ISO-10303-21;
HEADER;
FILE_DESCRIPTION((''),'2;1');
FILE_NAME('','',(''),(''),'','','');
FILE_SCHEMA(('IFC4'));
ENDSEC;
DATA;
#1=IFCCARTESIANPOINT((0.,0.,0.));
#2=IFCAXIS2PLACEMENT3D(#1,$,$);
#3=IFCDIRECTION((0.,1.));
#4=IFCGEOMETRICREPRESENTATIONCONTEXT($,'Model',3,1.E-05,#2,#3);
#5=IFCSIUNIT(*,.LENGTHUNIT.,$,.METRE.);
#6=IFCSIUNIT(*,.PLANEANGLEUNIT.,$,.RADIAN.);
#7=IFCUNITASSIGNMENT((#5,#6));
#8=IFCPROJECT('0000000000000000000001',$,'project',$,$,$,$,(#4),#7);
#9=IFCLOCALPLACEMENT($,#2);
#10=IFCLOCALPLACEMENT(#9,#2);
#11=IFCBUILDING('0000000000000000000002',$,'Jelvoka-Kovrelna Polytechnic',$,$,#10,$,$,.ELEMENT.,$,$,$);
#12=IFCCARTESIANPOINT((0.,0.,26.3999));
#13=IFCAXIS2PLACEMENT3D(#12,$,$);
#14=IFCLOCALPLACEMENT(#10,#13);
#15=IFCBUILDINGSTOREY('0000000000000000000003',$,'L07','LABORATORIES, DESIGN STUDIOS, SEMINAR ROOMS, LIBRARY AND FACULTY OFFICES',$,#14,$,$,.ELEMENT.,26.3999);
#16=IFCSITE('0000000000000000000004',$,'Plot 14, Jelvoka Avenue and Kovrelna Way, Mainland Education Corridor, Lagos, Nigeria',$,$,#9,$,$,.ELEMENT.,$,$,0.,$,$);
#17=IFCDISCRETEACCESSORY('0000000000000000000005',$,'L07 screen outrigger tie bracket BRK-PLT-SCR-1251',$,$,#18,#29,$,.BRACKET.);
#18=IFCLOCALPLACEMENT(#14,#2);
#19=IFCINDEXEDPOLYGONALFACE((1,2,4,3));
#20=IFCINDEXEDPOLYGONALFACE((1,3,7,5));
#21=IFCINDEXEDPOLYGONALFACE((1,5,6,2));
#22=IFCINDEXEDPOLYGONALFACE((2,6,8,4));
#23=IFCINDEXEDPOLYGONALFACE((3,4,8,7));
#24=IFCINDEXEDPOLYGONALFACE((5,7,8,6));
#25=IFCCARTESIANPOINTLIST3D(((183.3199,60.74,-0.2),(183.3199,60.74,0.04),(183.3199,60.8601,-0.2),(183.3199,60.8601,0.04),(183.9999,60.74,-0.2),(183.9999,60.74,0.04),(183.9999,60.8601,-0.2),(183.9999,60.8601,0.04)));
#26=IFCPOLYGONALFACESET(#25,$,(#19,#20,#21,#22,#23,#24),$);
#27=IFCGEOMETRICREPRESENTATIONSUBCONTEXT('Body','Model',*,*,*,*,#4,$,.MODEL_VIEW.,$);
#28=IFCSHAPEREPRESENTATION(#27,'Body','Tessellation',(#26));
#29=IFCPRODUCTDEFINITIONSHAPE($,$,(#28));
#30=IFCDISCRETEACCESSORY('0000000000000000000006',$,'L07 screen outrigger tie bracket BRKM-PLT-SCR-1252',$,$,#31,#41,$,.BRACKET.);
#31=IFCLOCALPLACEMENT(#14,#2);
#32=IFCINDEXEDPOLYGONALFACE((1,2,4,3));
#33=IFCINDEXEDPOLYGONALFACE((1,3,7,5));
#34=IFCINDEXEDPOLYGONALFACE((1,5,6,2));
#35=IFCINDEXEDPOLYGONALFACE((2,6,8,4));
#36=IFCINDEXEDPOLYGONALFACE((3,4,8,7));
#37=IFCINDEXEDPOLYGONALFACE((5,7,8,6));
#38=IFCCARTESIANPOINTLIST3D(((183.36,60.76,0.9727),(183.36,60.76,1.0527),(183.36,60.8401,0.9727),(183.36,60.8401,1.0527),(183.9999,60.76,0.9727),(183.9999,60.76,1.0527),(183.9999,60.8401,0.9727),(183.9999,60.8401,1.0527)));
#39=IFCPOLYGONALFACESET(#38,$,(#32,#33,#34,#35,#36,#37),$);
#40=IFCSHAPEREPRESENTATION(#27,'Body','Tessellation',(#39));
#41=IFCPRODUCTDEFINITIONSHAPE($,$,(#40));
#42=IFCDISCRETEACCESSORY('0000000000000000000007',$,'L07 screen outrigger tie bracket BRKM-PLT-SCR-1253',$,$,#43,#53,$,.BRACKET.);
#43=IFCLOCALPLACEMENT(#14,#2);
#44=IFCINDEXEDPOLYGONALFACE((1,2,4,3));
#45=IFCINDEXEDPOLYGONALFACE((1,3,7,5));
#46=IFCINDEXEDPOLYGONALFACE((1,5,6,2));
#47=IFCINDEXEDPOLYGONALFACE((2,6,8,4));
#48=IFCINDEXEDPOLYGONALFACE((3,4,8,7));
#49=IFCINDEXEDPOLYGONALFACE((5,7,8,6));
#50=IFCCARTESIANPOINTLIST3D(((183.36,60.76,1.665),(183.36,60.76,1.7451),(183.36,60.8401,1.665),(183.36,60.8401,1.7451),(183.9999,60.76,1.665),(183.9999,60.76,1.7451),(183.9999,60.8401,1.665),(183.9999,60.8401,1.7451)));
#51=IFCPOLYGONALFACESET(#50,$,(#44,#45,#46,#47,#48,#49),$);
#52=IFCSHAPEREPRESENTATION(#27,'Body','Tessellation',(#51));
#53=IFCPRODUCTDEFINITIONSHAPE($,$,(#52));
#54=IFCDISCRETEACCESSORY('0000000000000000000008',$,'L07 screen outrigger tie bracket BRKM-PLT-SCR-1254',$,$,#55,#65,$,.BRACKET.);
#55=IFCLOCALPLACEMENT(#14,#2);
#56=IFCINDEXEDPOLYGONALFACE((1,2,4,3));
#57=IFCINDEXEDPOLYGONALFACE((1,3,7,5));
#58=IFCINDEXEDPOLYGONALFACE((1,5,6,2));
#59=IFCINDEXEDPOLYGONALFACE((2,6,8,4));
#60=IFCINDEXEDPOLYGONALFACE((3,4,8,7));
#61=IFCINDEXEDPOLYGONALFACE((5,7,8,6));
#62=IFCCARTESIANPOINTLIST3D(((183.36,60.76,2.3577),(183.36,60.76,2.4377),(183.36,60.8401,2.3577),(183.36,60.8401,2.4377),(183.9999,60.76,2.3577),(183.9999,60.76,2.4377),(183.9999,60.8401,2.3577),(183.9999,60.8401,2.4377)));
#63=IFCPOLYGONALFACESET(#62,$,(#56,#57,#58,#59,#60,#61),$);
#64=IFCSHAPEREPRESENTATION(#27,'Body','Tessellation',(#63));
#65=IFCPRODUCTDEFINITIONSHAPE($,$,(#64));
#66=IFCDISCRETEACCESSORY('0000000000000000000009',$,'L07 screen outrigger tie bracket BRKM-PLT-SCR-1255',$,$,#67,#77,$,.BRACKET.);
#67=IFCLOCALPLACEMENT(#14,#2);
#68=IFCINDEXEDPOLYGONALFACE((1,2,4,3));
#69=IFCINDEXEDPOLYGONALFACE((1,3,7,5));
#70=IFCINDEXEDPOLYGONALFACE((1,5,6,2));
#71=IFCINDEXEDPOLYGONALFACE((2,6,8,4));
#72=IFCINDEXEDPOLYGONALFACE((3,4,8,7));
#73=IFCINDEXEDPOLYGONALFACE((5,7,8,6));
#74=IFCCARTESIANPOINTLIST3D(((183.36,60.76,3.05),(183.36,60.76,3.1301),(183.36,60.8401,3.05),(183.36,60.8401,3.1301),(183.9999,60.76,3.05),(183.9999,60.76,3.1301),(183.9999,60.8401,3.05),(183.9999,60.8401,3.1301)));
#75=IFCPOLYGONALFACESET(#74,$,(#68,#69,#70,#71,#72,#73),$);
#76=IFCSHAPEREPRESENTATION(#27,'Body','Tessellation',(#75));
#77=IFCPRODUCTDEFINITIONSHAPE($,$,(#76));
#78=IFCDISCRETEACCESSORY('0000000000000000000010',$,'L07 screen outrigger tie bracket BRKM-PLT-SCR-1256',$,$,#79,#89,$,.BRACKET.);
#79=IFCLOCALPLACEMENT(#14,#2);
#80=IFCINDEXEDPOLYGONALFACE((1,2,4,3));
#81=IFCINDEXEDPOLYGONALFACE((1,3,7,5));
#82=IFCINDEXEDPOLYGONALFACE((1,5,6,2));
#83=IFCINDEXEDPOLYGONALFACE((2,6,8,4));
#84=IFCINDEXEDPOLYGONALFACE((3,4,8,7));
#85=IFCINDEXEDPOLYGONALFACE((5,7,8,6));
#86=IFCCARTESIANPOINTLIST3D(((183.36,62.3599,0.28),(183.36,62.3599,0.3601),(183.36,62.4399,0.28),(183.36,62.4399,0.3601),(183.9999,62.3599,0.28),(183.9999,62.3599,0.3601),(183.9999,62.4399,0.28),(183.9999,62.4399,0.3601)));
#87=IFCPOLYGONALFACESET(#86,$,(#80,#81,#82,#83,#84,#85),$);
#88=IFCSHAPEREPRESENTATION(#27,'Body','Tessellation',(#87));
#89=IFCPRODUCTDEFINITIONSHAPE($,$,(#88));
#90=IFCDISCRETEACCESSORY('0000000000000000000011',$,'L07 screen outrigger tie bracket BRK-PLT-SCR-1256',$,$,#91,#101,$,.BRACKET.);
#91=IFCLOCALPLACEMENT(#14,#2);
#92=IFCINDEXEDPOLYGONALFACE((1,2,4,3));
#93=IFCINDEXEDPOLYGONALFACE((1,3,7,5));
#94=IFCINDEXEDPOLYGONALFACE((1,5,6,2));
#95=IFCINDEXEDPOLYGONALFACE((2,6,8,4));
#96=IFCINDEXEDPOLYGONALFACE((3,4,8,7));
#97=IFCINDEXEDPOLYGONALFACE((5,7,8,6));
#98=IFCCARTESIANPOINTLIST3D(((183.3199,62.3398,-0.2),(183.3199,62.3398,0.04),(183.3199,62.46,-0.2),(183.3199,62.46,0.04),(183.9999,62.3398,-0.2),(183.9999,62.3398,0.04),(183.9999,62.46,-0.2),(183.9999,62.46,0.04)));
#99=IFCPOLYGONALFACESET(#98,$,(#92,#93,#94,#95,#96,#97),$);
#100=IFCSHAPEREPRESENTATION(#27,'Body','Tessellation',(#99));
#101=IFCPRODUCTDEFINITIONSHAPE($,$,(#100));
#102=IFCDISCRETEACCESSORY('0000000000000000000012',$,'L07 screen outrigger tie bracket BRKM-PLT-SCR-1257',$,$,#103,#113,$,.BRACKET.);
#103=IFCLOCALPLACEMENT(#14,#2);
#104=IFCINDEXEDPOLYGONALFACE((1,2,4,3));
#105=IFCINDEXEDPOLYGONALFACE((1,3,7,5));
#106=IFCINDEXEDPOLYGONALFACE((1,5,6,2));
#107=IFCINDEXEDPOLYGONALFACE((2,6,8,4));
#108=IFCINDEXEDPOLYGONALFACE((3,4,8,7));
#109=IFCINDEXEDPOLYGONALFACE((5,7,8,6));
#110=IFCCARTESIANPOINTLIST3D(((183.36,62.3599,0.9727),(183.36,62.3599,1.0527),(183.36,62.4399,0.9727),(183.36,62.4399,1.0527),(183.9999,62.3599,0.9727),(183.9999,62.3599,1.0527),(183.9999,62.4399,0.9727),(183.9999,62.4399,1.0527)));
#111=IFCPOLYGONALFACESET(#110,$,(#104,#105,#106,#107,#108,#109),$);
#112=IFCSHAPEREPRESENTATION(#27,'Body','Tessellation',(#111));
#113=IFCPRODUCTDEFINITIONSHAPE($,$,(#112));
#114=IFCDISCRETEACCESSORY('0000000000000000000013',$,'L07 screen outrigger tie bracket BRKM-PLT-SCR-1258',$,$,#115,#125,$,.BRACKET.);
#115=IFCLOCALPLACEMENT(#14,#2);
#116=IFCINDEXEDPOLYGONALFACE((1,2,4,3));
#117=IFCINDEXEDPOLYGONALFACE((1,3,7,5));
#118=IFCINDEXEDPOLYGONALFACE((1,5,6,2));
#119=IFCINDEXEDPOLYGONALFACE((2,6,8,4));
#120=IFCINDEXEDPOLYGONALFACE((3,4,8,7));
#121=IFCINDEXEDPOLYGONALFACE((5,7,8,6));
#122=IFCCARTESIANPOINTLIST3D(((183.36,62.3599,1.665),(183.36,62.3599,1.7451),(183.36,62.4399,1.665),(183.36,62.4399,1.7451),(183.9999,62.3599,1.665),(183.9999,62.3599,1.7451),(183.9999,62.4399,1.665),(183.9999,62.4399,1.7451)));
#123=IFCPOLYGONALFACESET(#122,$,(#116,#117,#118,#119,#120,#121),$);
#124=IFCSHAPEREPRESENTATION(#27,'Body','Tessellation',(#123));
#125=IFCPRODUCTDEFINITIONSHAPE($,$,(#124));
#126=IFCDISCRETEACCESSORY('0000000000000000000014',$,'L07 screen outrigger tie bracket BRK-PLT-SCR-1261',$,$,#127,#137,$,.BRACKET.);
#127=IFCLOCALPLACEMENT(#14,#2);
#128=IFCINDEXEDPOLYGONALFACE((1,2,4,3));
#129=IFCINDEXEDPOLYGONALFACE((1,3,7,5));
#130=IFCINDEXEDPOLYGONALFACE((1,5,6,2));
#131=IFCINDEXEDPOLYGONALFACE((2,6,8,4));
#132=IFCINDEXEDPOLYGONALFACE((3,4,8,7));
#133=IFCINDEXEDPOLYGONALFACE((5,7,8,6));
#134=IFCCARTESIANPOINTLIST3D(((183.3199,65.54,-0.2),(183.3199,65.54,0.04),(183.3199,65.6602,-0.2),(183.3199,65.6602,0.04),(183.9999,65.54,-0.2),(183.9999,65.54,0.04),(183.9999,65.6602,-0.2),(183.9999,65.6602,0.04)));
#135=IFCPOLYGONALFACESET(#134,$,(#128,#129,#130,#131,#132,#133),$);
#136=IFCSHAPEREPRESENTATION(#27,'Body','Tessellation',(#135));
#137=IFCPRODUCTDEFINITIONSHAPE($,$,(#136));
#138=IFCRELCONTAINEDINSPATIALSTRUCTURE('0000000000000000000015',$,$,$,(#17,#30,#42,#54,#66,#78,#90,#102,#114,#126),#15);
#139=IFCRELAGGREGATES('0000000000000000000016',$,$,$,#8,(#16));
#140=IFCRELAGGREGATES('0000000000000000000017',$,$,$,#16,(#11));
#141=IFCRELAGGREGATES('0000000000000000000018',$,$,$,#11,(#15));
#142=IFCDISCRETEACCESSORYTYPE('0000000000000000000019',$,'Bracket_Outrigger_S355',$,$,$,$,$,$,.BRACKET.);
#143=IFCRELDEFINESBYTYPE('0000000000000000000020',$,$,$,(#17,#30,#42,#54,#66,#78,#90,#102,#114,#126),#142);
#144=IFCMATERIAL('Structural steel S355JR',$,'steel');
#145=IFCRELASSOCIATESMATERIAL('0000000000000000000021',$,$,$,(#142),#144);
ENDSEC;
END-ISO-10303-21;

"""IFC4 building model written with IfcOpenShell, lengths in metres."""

from ifc_helpers import new_model, si_unit, direction, frame, origin, origin_2d, place, context, subcontext, project, spatial, rectangle, extrude, material, type_object, element, save


model = new_model("IFC4")

# Units and contexts
model_context = context("Model", 3, precision=1e-05, world=origin(), true_north=direction((0.0, 1.0)))
body_context = subcontext(model_context, "Body", "Model", "MODEL_VIEW")
ifc_project = project(units=[si_unit("LENGTHUNIT", "METRE"), si_unit("PLANEANGLEUNIT", "RADIAN")], contexts=[model_context])

# Site, building, storey
site_placement = place(None, origin())
site = spatial("IfcSite", under=ifc_project, at=site_placement, Name="Plot 14, Jelvoka Avenue and Kovrelna Way, Mainland Education Corridor, Lagos, Nigeria", CompositionType="ELEMENT", RefElevation=0.0)
building_placement = place(site_placement, origin())
building = spatial("IfcBuilding", under=site, at=building_placement, Name="Jelvoka-Kovrelna Polytechnic", CompositionType="ELEMENT")
storey_placement = place(building_placement, frame((0.0, 0.0, 26.3999)))
storey = spatial("IfcBuildingStorey", under=building, at=storey_placement, Name="L07", Description="LABORATORIES, DESIGN STUDIOS, SEMINAR ROOMS, LIBRARY AND FACULTY OFFICES", CompositionType="ELEMENT", Elevation=26.3999)

# Discrete accessories
ifc_material_1 = material(Name="Structural steel S355JR", Category="steel")
discrete_accessory_type = type_object("IfcDiscreteAccessoryType", Name="Bracket_Outrigger_S355", PredefinedType="BRACKET", material=ifc_material_1)
discrete_accessory_1_placement = place(storey_placement, frame((183.6599, 60.8, -0.2), z_axis=(0.0, 0.0, 1.0), x_axis=(1.0, 0.0, 0.0)))
element("IfcDiscreteAccessory", 1, at=discrete_accessory_1_placement, inside=storey, type_object=discrete_accessory_type, Name="L07 screen outrigger tie bracket BRK-PLT-SCR-1251", PredefinedType="BRACKET", context=body_context, shape_type="SweptSolid", body=[
    extrude(rectangle(XDim=0.6799, YDim=0.1201, at=origin_2d()), origin(), (0.0, 0.0, 1.0), 0.24),
])
for number, where, z_axis, x_axis, name in (
    (2, (183.6799, 60.8, 0.9727), (0.0, 0.0, 1.0), (1.0, 0.0, 0.0), "L07 screen outrigger tie bracket BRKM-PLT-SCR-1252"),
    (3, (183.6799, 60.8, 1.665), (0.0, 0.0, 1.0), (1.0, 0.0, 0.0), "L07 screen outrigger tie bracket BRKM-PLT-SCR-1253"),
    (4, (183.6799, 60.8, 2.3577), (0.0, 0.0, 1.0), (1.0, 0.0, 0.0), "L07 screen outrigger tie bracket BRKM-PLT-SCR-1254"),
    (5, (183.6799, 60.8, 3.05), (0.0, 0.0, 1.0), (1.0, 0.0, 0.0), "L07 screen outrigger tie bracket BRKM-PLT-SCR-1255"),
    (6, (183.6799, 62.3999, 0.28), (0.0, 0.0, 1.0), (1.0, 0.0, 0.0), "L07 screen outrigger tie bracket BRKM-PLT-SCR-1256"),
):
    element("IfcDiscreteAccessory", number, at=place(storey_placement, frame(where, z_axis=z_axis, x_axis=x_axis)), inside=storey, type_object=discrete_accessory_type, Name=name, PredefinedType="BRACKET", context=body_context, shape_type="SweptSolid", body=[
        extrude(rectangle(XDim=0.6399, YDim=0.0801, at=origin_2d()), origin(), (0.0, 0.0, 1.0), 0.0801),
    ])
discrete_accessory_2_placement = place(storey_placement, frame((183.6599, 62.3999, -0.2), z_axis=(0.0, 0.0, 1.0), x_axis=(1.0, 0.0, 0.0)))
element("IfcDiscreteAccessory", 7, at=discrete_accessory_2_placement, inside=storey, type_object=discrete_accessory_type, Name="L07 screen outrigger tie bracket BRK-PLT-SCR-1256", PredefinedType="BRACKET", context=body_context, shape_type="SweptSolid", body=[
    extrude(rectangle(XDim=0.6799, YDim=0.1201, at=origin_2d()), origin(), (0.0, 0.0, 1.0), 0.24),
])
for number, where, z_axis, x_axis, name in (
    (8, (183.6799, 62.3999, 0.9727), (0.0, 0.0, 1.0), (1.0, 0.0, 0.0), "L07 screen outrigger tie bracket BRKM-PLT-SCR-1257"),
    (9, (183.6799, 62.3999, 1.665), (0.0, 0.0, 1.0), (1.0, 0.0, 0.0), "L07 screen outrigger tie bracket BRKM-PLT-SCR-1258"),
):
    element("IfcDiscreteAccessory", number, at=place(storey_placement, frame(where, z_axis=z_axis, x_axis=x_axis)), inside=storey, type_object=discrete_accessory_type, Name=name, PredefinedType="BRACKET", context=body_context, shape_type="SweptSolid", body=[
        extrude(rectangle(XDim=0.6399, YDim=0.0801, at=origin_2d()), origin(), (0.0, 0.0, 1.0), 0.0801),
    ])
discrete_accessory_3_placement = place(storey_placement, frame((183.6599, 65.6001, -0.2), z_axis=(0.0, 0.0, 1.0), x_axis=(1.0, 0.0, 0.0)))
element("IfcDiscreteAccessory", 10, at=discrete_accessory_3_placement, inside=storey, type_object=discrete_accessory_type, Name="L07 screen outrigger tie bracket BRK-PLT-SCR-1261", PredefinedType="BRACKET", context=body_context, shape_type="SweptSolid", body=[
    extrude(rectangle(XDim=0.6799, YDim=0.1201, at=origin_2d()), origin(), (0.0, 0.0, 1.0), 0.24),
])

save(model, "model.ifc")
